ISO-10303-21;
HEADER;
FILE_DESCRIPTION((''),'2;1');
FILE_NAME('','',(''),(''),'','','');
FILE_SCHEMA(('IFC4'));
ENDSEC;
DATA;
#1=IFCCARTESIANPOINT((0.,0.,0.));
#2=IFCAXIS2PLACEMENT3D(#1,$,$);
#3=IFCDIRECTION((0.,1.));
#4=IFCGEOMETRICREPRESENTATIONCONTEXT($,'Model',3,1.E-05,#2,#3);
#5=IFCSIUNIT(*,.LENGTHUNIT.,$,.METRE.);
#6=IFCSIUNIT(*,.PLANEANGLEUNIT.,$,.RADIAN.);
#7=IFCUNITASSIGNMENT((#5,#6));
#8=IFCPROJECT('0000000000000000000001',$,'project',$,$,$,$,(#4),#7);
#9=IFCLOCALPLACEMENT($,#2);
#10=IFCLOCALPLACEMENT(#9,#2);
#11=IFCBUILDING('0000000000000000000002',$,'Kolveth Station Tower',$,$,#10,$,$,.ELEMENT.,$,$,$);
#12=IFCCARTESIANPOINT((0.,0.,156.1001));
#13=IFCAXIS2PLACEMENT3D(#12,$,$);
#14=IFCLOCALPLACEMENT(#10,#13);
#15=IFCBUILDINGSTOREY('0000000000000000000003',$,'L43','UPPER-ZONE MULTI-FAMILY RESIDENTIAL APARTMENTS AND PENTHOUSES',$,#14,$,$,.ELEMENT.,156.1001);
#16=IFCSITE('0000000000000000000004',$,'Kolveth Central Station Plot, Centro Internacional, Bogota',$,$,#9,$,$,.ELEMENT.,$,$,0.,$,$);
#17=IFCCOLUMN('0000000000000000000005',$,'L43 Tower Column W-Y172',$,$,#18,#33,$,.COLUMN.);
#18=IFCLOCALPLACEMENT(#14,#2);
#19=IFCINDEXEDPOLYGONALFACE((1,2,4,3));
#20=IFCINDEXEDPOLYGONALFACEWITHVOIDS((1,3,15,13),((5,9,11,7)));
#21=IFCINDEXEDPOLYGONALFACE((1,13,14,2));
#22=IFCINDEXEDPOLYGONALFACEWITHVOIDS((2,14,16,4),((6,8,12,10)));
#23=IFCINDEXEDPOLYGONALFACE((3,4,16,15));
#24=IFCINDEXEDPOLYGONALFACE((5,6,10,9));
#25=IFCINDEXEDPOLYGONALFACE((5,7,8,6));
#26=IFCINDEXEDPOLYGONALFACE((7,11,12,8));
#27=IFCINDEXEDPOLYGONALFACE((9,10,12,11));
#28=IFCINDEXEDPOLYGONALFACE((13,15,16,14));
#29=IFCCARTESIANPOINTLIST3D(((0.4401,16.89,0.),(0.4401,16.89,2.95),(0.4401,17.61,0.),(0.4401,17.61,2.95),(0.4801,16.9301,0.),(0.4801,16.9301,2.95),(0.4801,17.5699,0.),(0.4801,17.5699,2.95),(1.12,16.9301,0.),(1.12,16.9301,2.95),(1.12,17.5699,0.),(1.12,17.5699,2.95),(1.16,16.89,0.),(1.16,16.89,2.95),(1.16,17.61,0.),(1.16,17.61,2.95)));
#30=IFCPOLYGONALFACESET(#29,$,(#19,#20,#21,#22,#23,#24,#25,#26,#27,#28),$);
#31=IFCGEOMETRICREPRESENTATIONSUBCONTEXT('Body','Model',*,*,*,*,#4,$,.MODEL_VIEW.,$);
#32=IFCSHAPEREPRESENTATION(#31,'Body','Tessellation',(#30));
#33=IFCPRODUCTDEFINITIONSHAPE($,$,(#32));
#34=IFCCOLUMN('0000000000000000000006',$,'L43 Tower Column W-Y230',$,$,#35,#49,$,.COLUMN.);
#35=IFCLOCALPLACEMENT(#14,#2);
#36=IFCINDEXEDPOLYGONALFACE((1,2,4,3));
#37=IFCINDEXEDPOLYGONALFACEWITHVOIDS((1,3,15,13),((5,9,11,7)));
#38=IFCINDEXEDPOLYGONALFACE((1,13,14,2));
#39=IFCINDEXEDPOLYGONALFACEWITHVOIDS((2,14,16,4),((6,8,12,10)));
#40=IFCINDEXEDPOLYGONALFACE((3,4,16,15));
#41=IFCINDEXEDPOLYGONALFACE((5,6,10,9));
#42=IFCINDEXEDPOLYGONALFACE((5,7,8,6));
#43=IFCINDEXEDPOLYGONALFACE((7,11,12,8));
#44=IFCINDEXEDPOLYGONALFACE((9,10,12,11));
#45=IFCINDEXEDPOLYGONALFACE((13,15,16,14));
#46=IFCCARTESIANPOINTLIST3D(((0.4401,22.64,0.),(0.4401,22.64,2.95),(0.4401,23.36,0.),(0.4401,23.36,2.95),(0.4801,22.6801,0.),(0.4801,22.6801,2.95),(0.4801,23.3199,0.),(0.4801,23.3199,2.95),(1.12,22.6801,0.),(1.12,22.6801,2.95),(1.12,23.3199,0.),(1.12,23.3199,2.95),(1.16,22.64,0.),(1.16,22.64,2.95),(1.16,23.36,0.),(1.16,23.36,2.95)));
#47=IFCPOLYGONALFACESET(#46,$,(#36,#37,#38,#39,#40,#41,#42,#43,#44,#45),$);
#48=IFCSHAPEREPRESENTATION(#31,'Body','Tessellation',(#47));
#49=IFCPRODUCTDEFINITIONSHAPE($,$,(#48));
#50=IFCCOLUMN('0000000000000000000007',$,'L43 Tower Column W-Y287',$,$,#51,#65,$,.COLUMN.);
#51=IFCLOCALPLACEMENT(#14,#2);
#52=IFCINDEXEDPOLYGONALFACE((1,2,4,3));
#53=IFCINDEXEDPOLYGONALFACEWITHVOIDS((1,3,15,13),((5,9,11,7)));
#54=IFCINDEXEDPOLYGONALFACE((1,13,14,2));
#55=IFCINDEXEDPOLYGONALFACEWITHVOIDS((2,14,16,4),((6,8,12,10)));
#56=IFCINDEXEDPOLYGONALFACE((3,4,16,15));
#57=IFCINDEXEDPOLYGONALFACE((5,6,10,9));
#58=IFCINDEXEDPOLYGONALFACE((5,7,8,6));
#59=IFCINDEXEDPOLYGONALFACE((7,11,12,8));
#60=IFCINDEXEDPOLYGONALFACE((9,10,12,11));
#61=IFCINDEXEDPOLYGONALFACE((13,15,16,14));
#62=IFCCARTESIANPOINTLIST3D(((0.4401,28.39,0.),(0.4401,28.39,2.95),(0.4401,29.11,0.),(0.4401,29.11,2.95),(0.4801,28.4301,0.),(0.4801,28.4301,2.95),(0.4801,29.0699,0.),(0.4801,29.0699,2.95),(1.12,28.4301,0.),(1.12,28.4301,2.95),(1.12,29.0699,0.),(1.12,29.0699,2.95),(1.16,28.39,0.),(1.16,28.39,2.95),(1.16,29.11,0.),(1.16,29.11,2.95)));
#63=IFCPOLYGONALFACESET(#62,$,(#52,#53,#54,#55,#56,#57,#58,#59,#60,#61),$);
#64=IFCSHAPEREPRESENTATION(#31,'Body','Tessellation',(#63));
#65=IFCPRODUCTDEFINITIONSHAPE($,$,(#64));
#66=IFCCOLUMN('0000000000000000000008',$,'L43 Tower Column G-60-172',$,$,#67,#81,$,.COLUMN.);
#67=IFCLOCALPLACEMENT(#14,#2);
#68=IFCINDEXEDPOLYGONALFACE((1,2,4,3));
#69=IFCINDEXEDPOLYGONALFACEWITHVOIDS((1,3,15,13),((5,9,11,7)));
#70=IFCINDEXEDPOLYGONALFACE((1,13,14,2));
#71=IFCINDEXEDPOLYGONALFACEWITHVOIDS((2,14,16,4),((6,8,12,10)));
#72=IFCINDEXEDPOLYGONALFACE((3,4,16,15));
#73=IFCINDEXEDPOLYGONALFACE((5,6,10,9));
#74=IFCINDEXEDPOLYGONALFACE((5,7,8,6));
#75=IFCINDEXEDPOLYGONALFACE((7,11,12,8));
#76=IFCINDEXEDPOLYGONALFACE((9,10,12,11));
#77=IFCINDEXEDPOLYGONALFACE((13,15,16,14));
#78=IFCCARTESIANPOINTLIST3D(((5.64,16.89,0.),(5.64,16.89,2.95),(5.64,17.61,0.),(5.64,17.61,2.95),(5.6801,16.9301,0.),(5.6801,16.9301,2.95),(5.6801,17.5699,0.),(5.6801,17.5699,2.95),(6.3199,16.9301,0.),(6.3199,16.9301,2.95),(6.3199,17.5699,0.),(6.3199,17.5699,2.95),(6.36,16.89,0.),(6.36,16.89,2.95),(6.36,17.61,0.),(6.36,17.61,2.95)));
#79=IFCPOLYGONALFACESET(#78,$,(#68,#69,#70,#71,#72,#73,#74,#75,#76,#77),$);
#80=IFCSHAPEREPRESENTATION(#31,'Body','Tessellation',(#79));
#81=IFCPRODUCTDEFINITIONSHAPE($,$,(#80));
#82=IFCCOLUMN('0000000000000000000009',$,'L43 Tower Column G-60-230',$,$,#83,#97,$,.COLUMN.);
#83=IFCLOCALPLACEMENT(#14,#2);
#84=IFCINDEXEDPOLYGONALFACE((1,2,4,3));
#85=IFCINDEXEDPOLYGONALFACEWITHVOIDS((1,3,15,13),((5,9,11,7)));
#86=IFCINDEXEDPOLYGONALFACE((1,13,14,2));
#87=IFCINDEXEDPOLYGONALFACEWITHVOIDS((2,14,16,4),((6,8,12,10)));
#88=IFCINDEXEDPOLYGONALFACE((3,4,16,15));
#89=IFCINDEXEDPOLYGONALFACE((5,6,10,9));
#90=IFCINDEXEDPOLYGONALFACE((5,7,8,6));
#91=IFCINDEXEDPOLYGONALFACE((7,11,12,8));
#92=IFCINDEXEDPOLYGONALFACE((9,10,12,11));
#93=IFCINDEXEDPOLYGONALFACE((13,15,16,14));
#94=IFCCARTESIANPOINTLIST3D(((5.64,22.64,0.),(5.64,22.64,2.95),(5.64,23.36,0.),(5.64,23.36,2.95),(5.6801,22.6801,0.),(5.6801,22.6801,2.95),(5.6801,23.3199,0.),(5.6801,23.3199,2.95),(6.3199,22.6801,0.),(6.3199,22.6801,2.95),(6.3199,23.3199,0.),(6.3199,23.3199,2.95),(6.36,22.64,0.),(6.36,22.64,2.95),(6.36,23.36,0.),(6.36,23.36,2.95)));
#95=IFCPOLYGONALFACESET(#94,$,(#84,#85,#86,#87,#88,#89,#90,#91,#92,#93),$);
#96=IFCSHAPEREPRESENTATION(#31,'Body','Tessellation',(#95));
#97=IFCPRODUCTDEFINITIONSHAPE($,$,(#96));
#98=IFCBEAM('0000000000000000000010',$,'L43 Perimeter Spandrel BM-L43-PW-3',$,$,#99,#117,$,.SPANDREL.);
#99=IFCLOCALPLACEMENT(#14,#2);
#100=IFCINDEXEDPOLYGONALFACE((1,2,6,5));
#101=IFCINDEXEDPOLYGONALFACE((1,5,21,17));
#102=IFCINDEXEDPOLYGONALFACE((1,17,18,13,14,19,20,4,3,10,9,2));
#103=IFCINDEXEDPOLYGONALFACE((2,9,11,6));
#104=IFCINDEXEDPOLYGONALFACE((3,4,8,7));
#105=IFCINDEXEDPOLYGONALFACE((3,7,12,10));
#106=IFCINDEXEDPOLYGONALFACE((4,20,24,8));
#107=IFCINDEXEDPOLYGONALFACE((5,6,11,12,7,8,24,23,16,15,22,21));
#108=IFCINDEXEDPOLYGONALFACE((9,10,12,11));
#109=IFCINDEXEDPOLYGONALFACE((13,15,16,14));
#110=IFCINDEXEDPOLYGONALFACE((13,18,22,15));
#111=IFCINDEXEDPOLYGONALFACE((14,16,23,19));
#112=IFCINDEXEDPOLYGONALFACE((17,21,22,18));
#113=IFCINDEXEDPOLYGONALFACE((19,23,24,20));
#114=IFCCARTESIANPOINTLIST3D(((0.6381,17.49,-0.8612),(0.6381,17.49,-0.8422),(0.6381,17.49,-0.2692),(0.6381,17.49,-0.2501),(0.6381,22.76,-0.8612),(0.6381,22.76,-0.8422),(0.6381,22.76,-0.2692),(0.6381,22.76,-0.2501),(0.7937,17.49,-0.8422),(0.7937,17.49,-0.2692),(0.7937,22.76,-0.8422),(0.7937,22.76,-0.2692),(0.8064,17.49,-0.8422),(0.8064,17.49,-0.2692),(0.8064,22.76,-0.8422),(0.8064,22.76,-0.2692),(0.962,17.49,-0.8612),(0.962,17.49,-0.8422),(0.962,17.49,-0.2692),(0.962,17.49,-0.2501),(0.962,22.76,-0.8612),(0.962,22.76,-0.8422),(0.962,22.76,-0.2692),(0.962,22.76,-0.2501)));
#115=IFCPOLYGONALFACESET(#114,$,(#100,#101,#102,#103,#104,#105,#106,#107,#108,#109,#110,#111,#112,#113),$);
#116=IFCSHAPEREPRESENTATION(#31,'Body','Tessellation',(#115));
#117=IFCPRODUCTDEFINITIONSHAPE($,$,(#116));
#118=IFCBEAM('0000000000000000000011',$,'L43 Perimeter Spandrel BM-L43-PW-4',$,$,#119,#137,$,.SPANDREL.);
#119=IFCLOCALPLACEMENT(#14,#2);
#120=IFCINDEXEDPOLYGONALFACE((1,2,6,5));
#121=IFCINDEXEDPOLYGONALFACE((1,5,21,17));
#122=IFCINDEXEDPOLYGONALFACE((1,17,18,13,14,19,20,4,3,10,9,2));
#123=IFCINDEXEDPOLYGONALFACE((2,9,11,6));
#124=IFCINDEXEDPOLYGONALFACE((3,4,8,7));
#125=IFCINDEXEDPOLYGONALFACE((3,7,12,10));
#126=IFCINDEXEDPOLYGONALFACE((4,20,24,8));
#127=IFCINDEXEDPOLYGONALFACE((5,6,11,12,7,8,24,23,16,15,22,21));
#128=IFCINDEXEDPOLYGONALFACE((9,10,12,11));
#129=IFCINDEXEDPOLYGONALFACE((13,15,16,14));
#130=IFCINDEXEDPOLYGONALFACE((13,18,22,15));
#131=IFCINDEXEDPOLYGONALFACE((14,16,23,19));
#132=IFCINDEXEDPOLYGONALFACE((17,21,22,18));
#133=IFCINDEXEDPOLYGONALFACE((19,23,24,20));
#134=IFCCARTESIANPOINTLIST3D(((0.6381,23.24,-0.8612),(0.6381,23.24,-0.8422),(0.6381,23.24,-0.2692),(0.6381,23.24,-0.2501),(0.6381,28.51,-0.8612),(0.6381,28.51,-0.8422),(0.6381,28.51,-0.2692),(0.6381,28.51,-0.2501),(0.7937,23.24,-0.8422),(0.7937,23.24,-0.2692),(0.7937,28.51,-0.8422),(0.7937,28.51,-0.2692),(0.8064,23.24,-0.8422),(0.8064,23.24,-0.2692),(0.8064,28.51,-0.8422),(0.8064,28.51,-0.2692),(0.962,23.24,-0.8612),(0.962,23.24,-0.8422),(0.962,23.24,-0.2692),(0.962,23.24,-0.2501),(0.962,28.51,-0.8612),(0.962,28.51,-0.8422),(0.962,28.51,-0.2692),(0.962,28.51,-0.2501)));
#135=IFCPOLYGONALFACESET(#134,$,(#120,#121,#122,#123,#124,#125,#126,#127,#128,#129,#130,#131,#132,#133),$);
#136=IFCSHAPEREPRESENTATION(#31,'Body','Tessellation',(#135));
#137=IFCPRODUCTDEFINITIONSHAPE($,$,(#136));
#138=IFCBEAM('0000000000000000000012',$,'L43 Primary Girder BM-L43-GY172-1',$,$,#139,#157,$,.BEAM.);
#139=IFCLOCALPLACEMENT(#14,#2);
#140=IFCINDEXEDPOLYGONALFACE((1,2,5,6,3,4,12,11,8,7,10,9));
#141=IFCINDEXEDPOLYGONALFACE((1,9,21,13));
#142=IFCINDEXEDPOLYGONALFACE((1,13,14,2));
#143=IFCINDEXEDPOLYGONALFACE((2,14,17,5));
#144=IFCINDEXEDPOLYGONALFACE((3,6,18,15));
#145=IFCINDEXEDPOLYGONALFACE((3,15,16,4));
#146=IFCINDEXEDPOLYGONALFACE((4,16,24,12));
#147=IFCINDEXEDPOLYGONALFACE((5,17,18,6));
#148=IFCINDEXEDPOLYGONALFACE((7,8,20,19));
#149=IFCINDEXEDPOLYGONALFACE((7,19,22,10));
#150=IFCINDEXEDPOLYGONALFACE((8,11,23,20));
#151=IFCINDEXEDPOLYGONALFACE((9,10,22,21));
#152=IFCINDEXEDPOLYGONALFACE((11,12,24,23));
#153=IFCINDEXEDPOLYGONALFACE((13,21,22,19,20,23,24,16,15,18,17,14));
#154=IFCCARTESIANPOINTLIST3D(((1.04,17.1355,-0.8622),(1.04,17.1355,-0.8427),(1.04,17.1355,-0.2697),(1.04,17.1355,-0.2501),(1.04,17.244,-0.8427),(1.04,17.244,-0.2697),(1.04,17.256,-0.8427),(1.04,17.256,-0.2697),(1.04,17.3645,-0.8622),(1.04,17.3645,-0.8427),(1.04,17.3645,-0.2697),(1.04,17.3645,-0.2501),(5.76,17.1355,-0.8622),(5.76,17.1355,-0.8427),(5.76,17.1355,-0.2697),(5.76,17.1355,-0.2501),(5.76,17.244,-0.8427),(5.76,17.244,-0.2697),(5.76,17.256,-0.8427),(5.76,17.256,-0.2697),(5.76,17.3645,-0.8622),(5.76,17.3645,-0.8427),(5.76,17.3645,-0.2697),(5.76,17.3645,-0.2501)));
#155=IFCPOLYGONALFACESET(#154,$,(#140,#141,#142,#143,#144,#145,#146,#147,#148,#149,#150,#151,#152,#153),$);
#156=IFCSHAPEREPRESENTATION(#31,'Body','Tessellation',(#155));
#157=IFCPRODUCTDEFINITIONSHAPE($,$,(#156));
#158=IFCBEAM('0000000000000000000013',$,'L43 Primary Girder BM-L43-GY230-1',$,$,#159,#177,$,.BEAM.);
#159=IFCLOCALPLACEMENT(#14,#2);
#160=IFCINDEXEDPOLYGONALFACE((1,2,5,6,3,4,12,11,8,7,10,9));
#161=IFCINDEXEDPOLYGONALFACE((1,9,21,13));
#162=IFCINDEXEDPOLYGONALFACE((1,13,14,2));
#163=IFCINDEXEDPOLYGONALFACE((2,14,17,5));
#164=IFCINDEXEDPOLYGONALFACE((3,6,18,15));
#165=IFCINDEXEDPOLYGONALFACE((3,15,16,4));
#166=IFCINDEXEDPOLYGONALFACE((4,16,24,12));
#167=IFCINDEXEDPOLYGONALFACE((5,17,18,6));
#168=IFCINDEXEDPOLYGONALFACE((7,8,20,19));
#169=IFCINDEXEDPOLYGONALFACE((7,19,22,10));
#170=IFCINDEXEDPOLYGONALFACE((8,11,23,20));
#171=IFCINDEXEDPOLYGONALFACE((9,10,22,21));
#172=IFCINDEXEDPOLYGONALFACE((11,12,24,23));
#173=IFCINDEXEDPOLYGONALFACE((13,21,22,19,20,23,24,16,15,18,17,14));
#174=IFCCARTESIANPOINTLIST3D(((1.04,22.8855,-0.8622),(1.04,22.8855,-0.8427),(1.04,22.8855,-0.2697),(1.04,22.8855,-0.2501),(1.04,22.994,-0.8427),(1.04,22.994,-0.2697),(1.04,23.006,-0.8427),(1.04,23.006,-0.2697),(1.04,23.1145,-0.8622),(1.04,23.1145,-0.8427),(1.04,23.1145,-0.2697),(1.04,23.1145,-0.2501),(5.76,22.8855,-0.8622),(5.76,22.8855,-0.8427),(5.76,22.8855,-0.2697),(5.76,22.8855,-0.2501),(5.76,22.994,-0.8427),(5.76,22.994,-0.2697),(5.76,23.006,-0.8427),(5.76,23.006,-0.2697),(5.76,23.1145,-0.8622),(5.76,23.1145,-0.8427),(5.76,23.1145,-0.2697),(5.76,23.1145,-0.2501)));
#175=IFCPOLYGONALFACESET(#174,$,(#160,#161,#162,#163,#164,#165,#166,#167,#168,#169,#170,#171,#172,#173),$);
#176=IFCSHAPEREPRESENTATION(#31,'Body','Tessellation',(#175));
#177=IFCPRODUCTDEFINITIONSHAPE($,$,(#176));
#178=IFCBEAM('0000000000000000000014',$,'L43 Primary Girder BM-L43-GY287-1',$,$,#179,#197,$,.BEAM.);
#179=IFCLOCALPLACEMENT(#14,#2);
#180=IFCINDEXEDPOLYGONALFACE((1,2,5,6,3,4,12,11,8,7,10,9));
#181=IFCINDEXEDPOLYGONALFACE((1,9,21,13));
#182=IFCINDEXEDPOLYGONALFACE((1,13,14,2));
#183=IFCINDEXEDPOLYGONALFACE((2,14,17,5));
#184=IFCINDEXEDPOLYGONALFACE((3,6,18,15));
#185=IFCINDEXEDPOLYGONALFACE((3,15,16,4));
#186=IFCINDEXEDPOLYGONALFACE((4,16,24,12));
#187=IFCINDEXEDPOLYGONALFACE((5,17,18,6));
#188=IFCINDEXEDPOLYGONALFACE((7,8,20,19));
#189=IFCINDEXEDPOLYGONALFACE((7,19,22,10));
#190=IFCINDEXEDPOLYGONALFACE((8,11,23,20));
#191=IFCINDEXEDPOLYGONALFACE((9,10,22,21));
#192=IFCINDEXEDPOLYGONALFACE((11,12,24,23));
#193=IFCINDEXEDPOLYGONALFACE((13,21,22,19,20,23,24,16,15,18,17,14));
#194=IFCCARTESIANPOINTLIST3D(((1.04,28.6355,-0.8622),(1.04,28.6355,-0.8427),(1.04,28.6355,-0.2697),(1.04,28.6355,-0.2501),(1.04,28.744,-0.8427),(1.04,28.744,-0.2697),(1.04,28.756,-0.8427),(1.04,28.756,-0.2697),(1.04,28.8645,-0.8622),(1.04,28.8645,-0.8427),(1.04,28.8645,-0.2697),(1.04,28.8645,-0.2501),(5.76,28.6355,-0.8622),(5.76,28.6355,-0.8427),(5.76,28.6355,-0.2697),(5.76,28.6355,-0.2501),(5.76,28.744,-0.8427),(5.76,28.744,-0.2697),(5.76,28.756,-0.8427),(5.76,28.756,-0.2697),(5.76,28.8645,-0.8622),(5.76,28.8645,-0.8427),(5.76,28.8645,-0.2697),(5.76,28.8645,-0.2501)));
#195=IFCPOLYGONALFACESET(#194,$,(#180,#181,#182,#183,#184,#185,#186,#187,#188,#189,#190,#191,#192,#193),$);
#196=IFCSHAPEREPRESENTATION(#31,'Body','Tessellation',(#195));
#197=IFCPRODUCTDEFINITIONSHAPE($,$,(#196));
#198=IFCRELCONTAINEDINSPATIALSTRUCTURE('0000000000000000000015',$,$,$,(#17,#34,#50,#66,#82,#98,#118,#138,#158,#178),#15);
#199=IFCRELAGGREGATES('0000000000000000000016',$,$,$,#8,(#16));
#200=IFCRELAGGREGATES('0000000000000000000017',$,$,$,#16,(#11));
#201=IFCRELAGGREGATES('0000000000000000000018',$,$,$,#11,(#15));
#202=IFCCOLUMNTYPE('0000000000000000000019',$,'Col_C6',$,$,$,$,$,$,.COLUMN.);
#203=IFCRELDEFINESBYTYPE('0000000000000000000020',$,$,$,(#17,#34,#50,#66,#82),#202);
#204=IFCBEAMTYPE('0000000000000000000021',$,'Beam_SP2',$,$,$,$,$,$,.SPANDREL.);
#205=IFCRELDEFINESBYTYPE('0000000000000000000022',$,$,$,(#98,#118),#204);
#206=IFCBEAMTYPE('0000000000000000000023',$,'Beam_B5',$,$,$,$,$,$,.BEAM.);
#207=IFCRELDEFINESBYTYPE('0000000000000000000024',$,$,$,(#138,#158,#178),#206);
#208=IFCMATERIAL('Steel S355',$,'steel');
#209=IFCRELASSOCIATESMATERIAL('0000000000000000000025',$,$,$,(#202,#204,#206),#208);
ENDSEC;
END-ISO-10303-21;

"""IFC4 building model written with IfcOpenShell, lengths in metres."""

from ifc_helpers import new_model, si_unit, direction, frame, origin, origin_2d, place, context, subcontext, project, spatial, hollow_rectangle, i_section, extrude, source, transform, mapped, material, material_profile, profile_set, type_object, element, save


model = new_model("IFC4")

# Units and contexts
model_context = context("Model", 3, precision=1e-05, world=origin(), true_north=direction((0.0, 1.0)))
body_context = subcontext(model_context, "Body", "Model", "MODEL_VIEW")
ifc_project = project(units=[si_unit("LENGTHUNIT", "METRE"), si_unit("PLANEANGLEUNIT", "RADIAN")], contexts=[model_context])

# Site, building, storey
site_placement = place(None, origin())
site = spatial("IfcSite", under=ifc_project, at=site_placement, Name="Kolveth Central Station Plot, Centro Internacional, Bogota", CompositionType="ELEMENT", RefElevation=0.0)
building_placement = place(site_placement, origin())
building = spatial("IfcBuilding", under=site, at=building_placement, Name="Kolveth Station Tower", CompositionType="ELEMENT")
storey_placement = place(building_placement, frame((0.0, 0.0, 156.1001)))
storey = spatial("IfcBuildingStorey", under=building, at=storey_placement, Name="L43", Description="UPPER-ZONE MULTI-FAMILY RESIDENTIAL APARTMENTS AND PENTHOUSES", CompositionType="ELEMENT", Elevation=156.1001)

# Columns
ifc_material_1 = material(Name="Steel S355", Category="steel")
ifc_material_profile_1 = material_profile(ifc_material_1, hollow_rectangle(XDim=0.72, YDim=0.72, WallThickness=0.04, at=origin_2d()), Name="BOX720x720x40")
ifc_profile_set_1 = profile_set([ifc_material_profile_1], Name="Steel S355")
column_type = type_object("IfcColumnType", Name="Col_C6", PredefinedType="COLUMN", material=ifc_profile_set_1)
shared_shape_1 = source(origin(), body_context, "Body", "SweptSolid", [
    extrude(hollow_rectangle(XDim=0.72, YDim=0.72, WallThickness=0.04, at=origin_2d()), origin(), (0.0, 0.0, 1.0), 2.95),
])
for number, where, z_axis, x_axis, name in (
    (1, (0.8, 17.25, 0.0), (0.0, 0.0, 1.0), (1.0, 0.0, 0.0), "L43 Tower Column W-Y172"),
    (2, (0.8, 23.0, 0.0), (0.0, 0.0, 1.0), (1.0, 0.0, 0.0), "L43 Tower Column W-Y230"),
    (3, (0.8, 28.75, 0.0), (0.0, 0.0, 1.0), (1.0, 0.0, 0.0), "L43 Tower Column W-Y287"),
    (4, (6.0, 17.25, 0.0), (0.0, 0.0, 1.0), (1.0, 0.0, 0.0), "L43 Tower Column G-60-172"),
    (5, (6.0, 23.0, 0.0), (0.0, 0.0, 1.0), (1.0, 0.0, 0.0), "L43 Tower Column G-60-230"),
):
    element("IfcColumn", number, at=place(storey_placement, frame(where, z_axis=z_axis, x_axis=x_axis)), inside=storey, type_object=column_type, Name=name, PredefinedType="COLUMN", context=body_context, shape_type="MappedRepresentation", body=[
        mapped(shared_shape_1, transform((0.0, 0.0, 0.0), x_axis=(1.0, 0.0, 0.0), y_axis=(0.0, 1.0, 0.0), z_axis=(0.0, 0.0, 1.0), scale=1.0)),
    ])

# Beams
ifc_material_profile_2 = material_profile(ifc_material_1, i_section(OverallWidth=0.324, OverallDepth=0.6111, WebThickness=0.0127, FlangeThickness=0.019, at=origin_2d()), Name="W610x155")
ifc_profile_set_2 = profile_set([ifc_material_profile_2], Name="Steel S355")
beam_type_1 = type_object("IfcBeamType", Name="Beam_SP2", PredefinedType="SPANDREL", material=ifc_profile_set_2)
shared_shape_2 = source(origin(), body_context, "Body", "SweptSolid", [
    extrude(i_section(OverallWidth=0.324, OverallDepth=0.6111, WebThickness=0.0127, FlangeThickness=0.019, at=origin_2d()), origin(), (0.0, 0.0, 1.0), 5.27),
])
for number, where, z_axis, x_axis, name in (
    (6, (0.8, 17.49, -0.5557), (0.0, 1.0, 0.0), (-1.0, 0.0, 0.0), "L43 Perimeter Spandrel BM-L43-PW-3"),
    (7, (0.8, 23.24, -0.5557), (0.0, 1.0, 0.0), (-1.0, 0.0, 0.0), "L43 Perimeter Spandrel BM-L43-PW-4"),
):
    element("IfcBeam", number, at=place(storey_placement, frame(where, z_axis=z_axis, x_axis=x_axis)), inside=storey, type_object=beam_type_1, Name=name, PredefinedType="SPANDREL", context=body_context, shape_type="MappedRepresentation", body=[
        mapped(shared_shape_2, transform((0.0, 0.0, 0.0), x_axis=(1.0, 0.0, 0.0), y_axis=(0.0, 1.0, 0.0), z_axis=(0.0, 0.0, 1.0), scale=1.0)),
    ])
ifc_material_profile_3 = material_profile(ifc_material_1, i_section(OverallWidth=0.229, OverallDepth=0.6121, WebThickness=0.012, FlangeThickness=0.0195, at=origin_2d()), Name="W610x125")
ifc_profile_set_3 = profile_set([ifc_material_profile_3], Name="Steel S355")
beam_type_2 = type_object("IfcBeamType", Name="Beam_B5", PredefinedType="BEAM", material=ifc_profile_set_3)
shared_shape_3 = source(origin(), body_context, "Body", "SweptSolid", [
    extrude(i_section(OverallWidth=0.229, OverallDepth=0.6121, WebThickness=0.012, FlangeThickness=0.0195, at=origin_2d()), origin(), (0.0, 0.0, 1.0), 4.72),
])
for number, where, z_axis, x_axis, name in (
    (8, (1.04, 17.25, -0.5562), (1.0, 0.0, 0.0), (0.0, 1.0, 0.0), "L43 Primary Girder BM-L43-GY172-1"),
    (9, (1.04, 23.0, -0.5562), (1.0, 0.0, 0.0), (0.0, 1.0, 0.0), "L43 Primary Girder BM-L43-GY230-1"),
    (10, (1.04, 28.75, -0.5562), (1.0, 0.0, 0.0), (0.0, 1.0, 0.0), "L43 Primary Girder BM-L43-GY287-1"),
):
    element("IfcBeam", number, at=place(storey_placement, frame(where, z_axis=z_axis, x_axis=x_axis)), inside=storey, type_object=beam_type_2, Name=name, PredefinedType="BEAM", context=body_context, shape_type="MappedRepresentation", body=[
        mapped(shared_shape_3, transform((0.0, 0.0, 0.0), x_axis=(1.0, 0.0, 0.0), y_axis=(0.0, 1.0, 0.0), z_axis=(0.0, 0.0, 1.0), scale=1.0)),
    ])

save(model, "model.ifc")
